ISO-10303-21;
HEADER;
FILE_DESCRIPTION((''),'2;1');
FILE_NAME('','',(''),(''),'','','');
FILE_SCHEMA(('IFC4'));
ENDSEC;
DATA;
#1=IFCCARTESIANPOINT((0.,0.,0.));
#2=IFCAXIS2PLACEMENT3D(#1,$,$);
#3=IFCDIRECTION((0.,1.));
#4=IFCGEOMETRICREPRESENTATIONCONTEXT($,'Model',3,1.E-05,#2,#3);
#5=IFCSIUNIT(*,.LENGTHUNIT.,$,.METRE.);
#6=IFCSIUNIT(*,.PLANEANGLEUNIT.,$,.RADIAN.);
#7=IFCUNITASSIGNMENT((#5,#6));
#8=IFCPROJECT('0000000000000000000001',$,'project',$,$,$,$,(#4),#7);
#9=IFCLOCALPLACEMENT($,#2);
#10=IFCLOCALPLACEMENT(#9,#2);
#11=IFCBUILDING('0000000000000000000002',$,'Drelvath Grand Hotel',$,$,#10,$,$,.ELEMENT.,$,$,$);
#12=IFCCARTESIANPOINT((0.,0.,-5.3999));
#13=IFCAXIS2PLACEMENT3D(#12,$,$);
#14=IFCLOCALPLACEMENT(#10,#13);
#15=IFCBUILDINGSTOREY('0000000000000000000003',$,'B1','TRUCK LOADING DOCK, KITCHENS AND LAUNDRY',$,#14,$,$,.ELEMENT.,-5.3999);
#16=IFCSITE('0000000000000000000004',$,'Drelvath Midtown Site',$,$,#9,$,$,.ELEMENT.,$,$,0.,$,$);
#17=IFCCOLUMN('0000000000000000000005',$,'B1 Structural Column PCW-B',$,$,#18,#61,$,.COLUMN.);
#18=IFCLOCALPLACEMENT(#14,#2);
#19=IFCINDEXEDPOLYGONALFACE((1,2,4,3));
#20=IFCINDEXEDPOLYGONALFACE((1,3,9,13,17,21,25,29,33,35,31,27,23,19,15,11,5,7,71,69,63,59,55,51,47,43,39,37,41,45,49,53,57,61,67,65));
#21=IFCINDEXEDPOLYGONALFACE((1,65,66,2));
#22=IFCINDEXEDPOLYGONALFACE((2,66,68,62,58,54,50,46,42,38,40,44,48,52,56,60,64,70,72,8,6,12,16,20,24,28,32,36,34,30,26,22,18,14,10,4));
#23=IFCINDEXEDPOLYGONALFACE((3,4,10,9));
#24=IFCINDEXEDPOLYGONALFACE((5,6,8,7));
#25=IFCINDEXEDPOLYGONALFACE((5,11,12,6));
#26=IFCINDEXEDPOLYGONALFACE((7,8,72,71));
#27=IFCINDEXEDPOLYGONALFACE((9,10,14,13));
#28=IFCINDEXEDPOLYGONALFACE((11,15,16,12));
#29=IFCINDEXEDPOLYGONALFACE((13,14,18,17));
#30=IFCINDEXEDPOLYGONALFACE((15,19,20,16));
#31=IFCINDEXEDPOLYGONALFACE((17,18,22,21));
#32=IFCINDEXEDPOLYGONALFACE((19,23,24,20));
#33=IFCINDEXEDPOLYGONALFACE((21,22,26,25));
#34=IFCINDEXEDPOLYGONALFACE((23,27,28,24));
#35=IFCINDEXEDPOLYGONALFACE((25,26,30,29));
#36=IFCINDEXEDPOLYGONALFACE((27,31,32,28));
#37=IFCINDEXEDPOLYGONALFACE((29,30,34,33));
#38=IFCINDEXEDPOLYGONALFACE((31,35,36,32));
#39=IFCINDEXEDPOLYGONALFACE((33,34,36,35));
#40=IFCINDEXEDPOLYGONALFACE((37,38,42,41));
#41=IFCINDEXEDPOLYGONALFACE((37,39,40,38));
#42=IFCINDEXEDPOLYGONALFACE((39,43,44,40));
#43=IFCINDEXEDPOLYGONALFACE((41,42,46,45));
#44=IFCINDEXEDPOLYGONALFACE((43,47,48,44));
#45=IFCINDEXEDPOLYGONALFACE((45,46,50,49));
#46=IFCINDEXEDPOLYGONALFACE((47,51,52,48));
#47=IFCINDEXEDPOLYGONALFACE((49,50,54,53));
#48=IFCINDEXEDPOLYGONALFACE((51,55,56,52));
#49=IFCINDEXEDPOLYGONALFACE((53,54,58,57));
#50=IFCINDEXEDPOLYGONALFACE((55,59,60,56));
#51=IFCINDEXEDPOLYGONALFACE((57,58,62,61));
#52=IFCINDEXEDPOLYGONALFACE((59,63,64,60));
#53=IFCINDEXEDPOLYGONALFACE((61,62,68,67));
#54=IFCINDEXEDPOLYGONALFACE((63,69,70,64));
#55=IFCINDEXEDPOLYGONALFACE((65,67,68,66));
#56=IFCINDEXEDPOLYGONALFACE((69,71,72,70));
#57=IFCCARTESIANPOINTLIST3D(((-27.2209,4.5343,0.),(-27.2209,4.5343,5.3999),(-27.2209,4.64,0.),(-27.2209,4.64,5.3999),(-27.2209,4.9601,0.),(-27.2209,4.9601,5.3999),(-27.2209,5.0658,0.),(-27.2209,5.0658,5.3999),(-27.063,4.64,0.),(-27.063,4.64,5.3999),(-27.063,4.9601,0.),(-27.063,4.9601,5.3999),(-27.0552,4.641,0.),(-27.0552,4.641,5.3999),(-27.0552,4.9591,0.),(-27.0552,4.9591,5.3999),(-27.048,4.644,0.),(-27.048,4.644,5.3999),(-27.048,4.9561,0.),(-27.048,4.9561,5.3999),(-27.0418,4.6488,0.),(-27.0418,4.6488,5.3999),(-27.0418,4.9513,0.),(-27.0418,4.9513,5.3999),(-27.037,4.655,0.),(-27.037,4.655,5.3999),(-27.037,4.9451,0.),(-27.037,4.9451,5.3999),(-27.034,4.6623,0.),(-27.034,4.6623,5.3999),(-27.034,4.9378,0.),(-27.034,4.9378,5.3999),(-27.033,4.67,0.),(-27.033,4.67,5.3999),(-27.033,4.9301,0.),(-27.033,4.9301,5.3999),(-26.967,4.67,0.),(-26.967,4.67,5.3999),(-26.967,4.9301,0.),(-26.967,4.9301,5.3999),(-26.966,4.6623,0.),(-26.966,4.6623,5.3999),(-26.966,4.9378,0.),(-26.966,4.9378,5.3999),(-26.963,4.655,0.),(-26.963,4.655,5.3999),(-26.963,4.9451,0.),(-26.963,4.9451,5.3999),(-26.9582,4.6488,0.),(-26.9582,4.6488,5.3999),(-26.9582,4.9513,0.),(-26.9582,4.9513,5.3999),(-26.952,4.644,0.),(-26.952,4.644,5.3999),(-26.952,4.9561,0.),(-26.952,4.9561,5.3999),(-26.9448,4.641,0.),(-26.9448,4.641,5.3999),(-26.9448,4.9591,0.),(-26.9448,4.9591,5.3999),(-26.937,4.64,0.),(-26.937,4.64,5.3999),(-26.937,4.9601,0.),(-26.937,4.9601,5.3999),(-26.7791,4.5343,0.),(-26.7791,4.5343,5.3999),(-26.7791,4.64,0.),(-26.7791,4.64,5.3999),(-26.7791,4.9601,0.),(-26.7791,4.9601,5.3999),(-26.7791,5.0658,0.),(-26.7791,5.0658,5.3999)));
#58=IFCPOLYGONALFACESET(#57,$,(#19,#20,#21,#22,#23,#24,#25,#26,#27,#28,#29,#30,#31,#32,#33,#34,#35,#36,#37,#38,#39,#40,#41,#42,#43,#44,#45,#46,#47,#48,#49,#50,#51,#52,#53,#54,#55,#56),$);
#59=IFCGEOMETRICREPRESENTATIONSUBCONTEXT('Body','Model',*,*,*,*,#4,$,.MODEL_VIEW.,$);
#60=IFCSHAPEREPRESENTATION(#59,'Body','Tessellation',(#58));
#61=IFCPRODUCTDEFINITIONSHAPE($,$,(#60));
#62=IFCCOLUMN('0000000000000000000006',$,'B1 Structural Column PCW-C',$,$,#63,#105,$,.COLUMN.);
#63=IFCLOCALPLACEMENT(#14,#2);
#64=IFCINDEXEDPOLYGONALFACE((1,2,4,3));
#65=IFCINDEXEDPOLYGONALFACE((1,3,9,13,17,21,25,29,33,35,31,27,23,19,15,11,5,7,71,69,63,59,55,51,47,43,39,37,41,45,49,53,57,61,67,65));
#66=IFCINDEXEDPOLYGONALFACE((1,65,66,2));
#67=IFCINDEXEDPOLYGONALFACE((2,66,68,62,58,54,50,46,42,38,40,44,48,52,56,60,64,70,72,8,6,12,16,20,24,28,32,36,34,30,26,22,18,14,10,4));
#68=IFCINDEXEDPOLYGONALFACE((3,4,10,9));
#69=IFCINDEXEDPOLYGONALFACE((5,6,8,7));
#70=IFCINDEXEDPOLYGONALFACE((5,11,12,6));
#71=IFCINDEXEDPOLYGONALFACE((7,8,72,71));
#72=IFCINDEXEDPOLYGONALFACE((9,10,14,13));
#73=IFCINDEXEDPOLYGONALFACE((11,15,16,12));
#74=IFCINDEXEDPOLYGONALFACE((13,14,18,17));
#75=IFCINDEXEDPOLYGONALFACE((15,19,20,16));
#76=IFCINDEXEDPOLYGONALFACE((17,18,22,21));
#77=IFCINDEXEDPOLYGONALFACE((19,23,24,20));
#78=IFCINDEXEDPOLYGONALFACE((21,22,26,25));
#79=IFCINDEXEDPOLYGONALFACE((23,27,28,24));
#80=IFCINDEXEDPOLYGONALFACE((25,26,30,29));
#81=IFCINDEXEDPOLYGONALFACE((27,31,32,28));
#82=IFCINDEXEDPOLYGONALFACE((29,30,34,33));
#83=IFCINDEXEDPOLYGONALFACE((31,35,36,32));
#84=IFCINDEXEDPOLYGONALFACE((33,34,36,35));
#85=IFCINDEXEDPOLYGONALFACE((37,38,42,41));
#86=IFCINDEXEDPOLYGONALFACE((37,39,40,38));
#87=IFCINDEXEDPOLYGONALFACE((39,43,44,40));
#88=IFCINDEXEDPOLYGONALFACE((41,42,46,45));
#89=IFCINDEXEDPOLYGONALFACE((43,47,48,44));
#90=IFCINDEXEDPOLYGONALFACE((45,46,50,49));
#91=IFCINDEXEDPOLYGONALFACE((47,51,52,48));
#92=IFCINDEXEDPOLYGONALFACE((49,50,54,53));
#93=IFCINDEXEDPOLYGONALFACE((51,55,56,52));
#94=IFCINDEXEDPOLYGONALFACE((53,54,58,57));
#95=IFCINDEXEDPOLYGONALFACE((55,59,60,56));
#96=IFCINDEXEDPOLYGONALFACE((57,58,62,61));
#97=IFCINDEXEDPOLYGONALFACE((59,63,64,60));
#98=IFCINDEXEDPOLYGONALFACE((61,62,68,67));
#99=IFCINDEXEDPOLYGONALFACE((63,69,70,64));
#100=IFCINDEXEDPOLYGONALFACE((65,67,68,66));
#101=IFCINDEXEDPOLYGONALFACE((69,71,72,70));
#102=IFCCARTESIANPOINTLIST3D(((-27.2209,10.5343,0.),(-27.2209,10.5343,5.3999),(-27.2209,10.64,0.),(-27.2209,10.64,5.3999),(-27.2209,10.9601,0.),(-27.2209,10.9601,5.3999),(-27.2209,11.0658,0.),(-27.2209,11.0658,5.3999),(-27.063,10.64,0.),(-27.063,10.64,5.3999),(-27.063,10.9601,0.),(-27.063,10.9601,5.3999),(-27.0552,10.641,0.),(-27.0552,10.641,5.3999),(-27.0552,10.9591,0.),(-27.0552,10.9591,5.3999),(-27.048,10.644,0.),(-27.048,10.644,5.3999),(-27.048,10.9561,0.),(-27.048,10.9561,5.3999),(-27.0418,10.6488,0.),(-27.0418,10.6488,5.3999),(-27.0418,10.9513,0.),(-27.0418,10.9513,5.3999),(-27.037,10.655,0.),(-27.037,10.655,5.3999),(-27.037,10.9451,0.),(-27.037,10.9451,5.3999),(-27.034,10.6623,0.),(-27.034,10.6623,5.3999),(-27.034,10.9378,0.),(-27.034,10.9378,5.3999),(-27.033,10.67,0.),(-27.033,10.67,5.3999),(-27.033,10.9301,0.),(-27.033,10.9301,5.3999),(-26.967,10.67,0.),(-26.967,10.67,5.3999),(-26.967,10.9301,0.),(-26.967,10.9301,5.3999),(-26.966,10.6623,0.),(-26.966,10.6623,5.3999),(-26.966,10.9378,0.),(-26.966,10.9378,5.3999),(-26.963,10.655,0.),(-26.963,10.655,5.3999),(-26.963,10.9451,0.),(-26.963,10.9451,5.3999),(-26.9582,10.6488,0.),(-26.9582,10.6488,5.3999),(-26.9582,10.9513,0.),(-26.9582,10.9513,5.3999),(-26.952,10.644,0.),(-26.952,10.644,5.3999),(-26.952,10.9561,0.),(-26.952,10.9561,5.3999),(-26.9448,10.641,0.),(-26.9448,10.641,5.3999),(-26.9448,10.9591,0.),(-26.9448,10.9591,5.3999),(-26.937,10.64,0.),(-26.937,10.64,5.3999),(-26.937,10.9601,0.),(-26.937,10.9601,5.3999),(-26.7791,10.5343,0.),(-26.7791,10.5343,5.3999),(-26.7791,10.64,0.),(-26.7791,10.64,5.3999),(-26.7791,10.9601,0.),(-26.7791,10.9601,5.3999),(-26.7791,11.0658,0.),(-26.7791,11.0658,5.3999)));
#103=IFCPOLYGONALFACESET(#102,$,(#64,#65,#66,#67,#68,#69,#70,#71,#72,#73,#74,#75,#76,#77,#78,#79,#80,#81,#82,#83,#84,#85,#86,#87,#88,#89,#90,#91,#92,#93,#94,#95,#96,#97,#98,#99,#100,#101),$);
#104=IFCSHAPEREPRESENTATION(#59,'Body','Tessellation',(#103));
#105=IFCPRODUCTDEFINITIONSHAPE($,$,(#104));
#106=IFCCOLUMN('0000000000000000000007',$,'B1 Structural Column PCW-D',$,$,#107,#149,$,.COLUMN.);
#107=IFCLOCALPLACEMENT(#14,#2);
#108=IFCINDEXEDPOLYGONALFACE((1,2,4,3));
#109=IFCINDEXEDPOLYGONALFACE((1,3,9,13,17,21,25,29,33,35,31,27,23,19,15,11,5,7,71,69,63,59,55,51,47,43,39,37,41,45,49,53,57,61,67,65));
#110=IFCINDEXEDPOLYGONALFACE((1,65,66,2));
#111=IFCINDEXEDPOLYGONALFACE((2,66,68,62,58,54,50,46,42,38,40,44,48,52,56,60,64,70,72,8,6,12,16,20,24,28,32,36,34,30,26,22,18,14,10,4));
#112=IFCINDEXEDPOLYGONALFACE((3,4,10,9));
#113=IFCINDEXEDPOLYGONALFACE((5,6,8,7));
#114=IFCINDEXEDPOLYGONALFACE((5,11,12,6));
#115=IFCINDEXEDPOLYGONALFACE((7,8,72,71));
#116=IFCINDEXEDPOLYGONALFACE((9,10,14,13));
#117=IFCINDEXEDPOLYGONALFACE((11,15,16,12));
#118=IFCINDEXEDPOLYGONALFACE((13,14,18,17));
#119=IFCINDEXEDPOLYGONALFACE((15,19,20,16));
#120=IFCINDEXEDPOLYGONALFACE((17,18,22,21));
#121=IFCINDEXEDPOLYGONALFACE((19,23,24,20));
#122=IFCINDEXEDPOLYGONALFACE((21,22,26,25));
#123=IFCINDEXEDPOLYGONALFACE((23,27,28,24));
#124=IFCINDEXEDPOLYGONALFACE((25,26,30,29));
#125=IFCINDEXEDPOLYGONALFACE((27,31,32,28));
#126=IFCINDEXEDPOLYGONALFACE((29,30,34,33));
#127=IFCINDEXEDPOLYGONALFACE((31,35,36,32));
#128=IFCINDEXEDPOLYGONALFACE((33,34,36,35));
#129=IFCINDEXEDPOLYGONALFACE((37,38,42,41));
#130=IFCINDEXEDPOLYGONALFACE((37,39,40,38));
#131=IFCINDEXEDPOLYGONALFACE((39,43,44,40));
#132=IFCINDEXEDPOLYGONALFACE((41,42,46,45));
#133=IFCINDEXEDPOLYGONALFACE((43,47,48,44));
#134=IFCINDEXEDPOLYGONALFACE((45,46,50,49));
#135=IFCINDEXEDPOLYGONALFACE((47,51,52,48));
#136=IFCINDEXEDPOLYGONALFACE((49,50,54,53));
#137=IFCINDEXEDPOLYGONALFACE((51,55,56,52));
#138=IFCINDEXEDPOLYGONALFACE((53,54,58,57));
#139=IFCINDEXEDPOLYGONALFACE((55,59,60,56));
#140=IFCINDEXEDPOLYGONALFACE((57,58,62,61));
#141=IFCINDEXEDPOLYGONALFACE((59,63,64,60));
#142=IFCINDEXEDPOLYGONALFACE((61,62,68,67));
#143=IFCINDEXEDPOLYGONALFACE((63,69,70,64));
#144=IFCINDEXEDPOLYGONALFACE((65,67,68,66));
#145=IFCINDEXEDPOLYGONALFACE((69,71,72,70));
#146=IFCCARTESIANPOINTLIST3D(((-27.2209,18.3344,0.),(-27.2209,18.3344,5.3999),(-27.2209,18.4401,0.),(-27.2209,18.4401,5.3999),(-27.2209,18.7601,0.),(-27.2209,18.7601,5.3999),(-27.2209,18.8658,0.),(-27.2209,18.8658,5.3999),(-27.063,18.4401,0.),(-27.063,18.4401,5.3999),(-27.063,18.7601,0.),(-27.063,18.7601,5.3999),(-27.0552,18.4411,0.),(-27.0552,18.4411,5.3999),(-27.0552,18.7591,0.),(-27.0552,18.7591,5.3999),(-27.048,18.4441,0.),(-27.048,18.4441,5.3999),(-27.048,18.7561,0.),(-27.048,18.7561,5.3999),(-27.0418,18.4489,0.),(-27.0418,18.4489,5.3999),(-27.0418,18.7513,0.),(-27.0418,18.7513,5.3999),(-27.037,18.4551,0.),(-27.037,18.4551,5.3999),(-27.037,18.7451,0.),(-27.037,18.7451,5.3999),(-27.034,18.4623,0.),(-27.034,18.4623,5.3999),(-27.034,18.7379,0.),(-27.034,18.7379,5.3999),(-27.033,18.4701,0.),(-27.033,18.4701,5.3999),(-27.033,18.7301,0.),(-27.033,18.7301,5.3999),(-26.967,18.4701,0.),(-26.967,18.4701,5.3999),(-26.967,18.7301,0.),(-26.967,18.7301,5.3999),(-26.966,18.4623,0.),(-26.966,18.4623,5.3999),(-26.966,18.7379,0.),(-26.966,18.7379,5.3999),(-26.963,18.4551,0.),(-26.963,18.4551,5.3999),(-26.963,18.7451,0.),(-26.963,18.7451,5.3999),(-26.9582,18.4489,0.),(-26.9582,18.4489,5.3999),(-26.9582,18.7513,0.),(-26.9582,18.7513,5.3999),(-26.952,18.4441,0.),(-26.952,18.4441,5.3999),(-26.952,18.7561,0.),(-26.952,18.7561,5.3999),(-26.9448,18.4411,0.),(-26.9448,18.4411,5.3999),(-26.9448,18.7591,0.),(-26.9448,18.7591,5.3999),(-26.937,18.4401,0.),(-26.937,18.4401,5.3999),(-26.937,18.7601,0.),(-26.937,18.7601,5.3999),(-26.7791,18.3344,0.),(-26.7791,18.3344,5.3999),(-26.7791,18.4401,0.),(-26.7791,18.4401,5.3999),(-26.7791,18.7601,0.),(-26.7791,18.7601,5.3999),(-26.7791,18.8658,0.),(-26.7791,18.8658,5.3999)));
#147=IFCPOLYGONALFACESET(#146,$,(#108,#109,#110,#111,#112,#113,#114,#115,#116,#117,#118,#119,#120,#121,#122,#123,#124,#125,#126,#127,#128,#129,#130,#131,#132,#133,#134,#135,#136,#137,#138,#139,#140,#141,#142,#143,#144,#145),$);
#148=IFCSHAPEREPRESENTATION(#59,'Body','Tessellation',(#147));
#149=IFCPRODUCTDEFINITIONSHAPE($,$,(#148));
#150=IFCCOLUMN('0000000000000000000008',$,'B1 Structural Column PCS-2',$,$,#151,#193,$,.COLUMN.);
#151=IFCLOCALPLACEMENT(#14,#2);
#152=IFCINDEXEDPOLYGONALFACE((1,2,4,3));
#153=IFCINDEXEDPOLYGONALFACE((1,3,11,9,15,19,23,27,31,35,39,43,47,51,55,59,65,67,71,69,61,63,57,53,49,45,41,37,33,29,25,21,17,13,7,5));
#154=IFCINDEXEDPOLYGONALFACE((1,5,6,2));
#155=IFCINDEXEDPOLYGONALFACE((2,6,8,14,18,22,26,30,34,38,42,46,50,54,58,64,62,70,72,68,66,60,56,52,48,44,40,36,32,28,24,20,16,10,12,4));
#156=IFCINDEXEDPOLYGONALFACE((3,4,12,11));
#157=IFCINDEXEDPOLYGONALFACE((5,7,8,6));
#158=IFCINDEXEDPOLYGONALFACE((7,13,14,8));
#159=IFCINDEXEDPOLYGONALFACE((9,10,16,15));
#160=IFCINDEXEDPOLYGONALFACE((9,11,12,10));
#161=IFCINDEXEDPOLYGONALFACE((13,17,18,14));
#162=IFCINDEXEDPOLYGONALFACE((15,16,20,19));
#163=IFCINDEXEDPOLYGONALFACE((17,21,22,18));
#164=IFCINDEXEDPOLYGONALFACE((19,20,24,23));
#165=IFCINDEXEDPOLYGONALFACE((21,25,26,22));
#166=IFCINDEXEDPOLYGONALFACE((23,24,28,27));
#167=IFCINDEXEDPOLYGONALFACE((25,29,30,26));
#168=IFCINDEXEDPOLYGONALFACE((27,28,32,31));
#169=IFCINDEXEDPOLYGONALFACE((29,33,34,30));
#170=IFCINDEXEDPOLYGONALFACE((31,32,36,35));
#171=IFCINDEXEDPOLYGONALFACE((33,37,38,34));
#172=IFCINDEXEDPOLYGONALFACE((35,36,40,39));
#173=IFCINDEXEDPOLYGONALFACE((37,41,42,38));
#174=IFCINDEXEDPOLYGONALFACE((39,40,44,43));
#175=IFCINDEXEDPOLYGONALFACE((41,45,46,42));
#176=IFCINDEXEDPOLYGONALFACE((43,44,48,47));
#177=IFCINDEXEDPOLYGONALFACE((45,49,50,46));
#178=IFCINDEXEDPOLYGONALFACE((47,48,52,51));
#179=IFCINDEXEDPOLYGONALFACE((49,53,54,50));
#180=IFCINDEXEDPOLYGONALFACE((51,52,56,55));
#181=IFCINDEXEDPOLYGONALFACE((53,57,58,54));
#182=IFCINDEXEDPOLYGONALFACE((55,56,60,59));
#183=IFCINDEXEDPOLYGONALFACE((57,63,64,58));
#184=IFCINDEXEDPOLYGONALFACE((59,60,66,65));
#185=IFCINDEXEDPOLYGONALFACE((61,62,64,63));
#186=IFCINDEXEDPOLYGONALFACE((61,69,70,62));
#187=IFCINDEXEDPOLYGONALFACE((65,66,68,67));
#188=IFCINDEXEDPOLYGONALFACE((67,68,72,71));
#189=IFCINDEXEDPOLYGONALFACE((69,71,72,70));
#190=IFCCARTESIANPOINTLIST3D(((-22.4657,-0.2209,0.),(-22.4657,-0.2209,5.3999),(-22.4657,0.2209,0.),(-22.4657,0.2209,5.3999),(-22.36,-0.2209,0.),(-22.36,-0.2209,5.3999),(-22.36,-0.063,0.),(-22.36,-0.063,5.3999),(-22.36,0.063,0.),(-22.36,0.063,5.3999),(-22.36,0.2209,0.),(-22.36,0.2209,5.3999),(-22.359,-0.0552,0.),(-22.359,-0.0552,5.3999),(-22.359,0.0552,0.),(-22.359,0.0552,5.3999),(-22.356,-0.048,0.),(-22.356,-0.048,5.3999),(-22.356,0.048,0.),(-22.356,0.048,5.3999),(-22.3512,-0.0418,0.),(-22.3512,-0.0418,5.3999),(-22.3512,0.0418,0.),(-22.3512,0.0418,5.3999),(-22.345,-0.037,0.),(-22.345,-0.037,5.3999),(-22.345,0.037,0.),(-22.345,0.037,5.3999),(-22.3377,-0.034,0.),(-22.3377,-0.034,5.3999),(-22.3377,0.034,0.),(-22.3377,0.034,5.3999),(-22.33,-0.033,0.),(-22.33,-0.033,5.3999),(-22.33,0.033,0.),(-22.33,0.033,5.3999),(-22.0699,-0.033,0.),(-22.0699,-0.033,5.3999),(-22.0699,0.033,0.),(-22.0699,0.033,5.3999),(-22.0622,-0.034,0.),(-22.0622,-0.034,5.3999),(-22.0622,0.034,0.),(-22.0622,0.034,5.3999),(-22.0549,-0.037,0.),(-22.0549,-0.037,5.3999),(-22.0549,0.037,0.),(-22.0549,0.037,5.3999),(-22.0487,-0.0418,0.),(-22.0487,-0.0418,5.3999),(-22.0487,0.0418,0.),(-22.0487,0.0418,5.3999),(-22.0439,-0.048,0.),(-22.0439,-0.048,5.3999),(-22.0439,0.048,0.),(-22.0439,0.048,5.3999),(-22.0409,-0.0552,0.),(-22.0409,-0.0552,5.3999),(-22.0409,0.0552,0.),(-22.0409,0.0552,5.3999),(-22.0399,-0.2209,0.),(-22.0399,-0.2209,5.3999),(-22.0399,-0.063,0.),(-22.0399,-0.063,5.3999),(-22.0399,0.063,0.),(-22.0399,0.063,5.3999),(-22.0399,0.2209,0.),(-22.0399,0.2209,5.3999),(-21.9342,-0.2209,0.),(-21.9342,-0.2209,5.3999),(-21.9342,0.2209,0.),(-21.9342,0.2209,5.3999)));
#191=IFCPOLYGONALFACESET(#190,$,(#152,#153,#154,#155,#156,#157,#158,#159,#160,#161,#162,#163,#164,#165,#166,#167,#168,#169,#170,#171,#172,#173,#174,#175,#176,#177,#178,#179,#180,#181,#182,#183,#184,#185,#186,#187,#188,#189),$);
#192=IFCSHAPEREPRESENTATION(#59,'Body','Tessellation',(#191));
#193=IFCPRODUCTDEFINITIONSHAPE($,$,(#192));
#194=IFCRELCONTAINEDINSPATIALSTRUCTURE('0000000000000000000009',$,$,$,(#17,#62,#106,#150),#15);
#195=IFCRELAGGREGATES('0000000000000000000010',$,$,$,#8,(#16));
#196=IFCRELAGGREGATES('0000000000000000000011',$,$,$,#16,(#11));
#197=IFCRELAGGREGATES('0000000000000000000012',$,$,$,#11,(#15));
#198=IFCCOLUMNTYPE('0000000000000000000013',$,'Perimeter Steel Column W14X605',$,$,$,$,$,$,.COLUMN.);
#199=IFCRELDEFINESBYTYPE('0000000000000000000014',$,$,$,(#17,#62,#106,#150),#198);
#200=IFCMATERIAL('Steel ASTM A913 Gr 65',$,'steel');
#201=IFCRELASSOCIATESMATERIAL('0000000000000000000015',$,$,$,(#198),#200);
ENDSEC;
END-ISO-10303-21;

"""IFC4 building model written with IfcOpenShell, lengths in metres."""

from ifc_helpers import new_model, si_unit, direction, frame, origin, origin_2d, place, context, subcontext, project, spatial, i_section, extrude, material, material_profile, profile_set, type_object, element, save


model = new_model("IFC4")

# Units and contexts
model_context = context("Model", 3, precision=1e-05, world=origin(), true_north=direction((0.0, 1.0)))
body_context = subcontext(model_context, "Body", "Model", "MODEL_VIEW")
ifc_project = project(units=[si_unit("LENGTHUNIT", "METRE"), si_unit("PLANEANGLEUNIT", "RADIAN")], contexts=[model_context])

# Site, building, storey
site_placement = place(None, origin())
site = spatial("IfcSite", under=ifc_project, at=site_placement, Name="Drelvath Midtown Site", CompositionType="ELEMENT", RefElevation=0.0)
building_placement = place(site_placement, origin())
building = spatial("IfcBuilding", under=site, at=building_placement, Name="Drelvath Grand Hotel", CompositionType="ELEMENT")
storey_placement = place(building_placement, frame((0.0, 0.0, -5.3999)))
storey = spatial("IfcBuildingStorey", under=building, at=storey_placement, Name="B1", Description="TRUCK LOADING DOCK, KITCHENS AND LAUNDRY", CompositionType="ELEMENT", Elevation=-5.3999)

# Columns
ifc_material_1 = material(Name="Steel ASTM A913 Gr 65", Category="steel")
ifc_material_profile_1 = material_profile(ifc_material_1, i_section(OverallWidth=0.4419, OverallDepth=0.5315, WebThickness=0.0659, FlangeThickness=0.1057, FilletRadius=0.03, at=origin_2d()), Name="W14X605")
ifc_profile_set_1 = profile_set([ifc_material_profile_1], Name="Steel ASTM A913 Gr 65")
column_type = type_object("IfcColumnType", Name="Perimeter Steel Column W14X605", PredefinedType="COLUMN", material=ifc_profile_set_1)
for number, where, z_axis, x_axis, name in (
    (1, (-27.0, 4.8, 0.0), (0.0, 0.0, 1.0), (1.0, 0.0, 0.0), "B1 Structural Column PCW-B"),
    (2, (-27.0, 10.8, 0.0), (0.0, 0.0, 1.0), (1.0, 0.0, 0.0), "B1 Structural Column PCW-C"),
    (3, (-27.0, 18.6001, 0.0), (0.0, 0.0, 1.0), (1.0, 0.0, 0.0), "B1 Structural Column PCW-D"),
    (4, (-22.2, 0.0, 0.0), (0.0, 0.0, 1.0), (0.0, 1.0, 0.0), "B1 Structural Column PCS-2"),
):
    element("IfcColumn", number, at=place(storey_placement, frame(where, z_axis=z_axis, x_axis=x_axis)), inside=storey, type_object=column_type, Name=name, PredefinedType="COLUMN", context=body_context, shape_type="SweptSolid", body=[
        extrude(i_section(OverallWidth=0.4419, OverallDepth=0.5315, WebThickness=0.0659, FlangeThickness=0.1057, FilletRadius=0.03, at=origin_2d()), origin(), (0.0, 0.0, 1.0), 5.3999),
    ])

save(model, "model.ifc")
